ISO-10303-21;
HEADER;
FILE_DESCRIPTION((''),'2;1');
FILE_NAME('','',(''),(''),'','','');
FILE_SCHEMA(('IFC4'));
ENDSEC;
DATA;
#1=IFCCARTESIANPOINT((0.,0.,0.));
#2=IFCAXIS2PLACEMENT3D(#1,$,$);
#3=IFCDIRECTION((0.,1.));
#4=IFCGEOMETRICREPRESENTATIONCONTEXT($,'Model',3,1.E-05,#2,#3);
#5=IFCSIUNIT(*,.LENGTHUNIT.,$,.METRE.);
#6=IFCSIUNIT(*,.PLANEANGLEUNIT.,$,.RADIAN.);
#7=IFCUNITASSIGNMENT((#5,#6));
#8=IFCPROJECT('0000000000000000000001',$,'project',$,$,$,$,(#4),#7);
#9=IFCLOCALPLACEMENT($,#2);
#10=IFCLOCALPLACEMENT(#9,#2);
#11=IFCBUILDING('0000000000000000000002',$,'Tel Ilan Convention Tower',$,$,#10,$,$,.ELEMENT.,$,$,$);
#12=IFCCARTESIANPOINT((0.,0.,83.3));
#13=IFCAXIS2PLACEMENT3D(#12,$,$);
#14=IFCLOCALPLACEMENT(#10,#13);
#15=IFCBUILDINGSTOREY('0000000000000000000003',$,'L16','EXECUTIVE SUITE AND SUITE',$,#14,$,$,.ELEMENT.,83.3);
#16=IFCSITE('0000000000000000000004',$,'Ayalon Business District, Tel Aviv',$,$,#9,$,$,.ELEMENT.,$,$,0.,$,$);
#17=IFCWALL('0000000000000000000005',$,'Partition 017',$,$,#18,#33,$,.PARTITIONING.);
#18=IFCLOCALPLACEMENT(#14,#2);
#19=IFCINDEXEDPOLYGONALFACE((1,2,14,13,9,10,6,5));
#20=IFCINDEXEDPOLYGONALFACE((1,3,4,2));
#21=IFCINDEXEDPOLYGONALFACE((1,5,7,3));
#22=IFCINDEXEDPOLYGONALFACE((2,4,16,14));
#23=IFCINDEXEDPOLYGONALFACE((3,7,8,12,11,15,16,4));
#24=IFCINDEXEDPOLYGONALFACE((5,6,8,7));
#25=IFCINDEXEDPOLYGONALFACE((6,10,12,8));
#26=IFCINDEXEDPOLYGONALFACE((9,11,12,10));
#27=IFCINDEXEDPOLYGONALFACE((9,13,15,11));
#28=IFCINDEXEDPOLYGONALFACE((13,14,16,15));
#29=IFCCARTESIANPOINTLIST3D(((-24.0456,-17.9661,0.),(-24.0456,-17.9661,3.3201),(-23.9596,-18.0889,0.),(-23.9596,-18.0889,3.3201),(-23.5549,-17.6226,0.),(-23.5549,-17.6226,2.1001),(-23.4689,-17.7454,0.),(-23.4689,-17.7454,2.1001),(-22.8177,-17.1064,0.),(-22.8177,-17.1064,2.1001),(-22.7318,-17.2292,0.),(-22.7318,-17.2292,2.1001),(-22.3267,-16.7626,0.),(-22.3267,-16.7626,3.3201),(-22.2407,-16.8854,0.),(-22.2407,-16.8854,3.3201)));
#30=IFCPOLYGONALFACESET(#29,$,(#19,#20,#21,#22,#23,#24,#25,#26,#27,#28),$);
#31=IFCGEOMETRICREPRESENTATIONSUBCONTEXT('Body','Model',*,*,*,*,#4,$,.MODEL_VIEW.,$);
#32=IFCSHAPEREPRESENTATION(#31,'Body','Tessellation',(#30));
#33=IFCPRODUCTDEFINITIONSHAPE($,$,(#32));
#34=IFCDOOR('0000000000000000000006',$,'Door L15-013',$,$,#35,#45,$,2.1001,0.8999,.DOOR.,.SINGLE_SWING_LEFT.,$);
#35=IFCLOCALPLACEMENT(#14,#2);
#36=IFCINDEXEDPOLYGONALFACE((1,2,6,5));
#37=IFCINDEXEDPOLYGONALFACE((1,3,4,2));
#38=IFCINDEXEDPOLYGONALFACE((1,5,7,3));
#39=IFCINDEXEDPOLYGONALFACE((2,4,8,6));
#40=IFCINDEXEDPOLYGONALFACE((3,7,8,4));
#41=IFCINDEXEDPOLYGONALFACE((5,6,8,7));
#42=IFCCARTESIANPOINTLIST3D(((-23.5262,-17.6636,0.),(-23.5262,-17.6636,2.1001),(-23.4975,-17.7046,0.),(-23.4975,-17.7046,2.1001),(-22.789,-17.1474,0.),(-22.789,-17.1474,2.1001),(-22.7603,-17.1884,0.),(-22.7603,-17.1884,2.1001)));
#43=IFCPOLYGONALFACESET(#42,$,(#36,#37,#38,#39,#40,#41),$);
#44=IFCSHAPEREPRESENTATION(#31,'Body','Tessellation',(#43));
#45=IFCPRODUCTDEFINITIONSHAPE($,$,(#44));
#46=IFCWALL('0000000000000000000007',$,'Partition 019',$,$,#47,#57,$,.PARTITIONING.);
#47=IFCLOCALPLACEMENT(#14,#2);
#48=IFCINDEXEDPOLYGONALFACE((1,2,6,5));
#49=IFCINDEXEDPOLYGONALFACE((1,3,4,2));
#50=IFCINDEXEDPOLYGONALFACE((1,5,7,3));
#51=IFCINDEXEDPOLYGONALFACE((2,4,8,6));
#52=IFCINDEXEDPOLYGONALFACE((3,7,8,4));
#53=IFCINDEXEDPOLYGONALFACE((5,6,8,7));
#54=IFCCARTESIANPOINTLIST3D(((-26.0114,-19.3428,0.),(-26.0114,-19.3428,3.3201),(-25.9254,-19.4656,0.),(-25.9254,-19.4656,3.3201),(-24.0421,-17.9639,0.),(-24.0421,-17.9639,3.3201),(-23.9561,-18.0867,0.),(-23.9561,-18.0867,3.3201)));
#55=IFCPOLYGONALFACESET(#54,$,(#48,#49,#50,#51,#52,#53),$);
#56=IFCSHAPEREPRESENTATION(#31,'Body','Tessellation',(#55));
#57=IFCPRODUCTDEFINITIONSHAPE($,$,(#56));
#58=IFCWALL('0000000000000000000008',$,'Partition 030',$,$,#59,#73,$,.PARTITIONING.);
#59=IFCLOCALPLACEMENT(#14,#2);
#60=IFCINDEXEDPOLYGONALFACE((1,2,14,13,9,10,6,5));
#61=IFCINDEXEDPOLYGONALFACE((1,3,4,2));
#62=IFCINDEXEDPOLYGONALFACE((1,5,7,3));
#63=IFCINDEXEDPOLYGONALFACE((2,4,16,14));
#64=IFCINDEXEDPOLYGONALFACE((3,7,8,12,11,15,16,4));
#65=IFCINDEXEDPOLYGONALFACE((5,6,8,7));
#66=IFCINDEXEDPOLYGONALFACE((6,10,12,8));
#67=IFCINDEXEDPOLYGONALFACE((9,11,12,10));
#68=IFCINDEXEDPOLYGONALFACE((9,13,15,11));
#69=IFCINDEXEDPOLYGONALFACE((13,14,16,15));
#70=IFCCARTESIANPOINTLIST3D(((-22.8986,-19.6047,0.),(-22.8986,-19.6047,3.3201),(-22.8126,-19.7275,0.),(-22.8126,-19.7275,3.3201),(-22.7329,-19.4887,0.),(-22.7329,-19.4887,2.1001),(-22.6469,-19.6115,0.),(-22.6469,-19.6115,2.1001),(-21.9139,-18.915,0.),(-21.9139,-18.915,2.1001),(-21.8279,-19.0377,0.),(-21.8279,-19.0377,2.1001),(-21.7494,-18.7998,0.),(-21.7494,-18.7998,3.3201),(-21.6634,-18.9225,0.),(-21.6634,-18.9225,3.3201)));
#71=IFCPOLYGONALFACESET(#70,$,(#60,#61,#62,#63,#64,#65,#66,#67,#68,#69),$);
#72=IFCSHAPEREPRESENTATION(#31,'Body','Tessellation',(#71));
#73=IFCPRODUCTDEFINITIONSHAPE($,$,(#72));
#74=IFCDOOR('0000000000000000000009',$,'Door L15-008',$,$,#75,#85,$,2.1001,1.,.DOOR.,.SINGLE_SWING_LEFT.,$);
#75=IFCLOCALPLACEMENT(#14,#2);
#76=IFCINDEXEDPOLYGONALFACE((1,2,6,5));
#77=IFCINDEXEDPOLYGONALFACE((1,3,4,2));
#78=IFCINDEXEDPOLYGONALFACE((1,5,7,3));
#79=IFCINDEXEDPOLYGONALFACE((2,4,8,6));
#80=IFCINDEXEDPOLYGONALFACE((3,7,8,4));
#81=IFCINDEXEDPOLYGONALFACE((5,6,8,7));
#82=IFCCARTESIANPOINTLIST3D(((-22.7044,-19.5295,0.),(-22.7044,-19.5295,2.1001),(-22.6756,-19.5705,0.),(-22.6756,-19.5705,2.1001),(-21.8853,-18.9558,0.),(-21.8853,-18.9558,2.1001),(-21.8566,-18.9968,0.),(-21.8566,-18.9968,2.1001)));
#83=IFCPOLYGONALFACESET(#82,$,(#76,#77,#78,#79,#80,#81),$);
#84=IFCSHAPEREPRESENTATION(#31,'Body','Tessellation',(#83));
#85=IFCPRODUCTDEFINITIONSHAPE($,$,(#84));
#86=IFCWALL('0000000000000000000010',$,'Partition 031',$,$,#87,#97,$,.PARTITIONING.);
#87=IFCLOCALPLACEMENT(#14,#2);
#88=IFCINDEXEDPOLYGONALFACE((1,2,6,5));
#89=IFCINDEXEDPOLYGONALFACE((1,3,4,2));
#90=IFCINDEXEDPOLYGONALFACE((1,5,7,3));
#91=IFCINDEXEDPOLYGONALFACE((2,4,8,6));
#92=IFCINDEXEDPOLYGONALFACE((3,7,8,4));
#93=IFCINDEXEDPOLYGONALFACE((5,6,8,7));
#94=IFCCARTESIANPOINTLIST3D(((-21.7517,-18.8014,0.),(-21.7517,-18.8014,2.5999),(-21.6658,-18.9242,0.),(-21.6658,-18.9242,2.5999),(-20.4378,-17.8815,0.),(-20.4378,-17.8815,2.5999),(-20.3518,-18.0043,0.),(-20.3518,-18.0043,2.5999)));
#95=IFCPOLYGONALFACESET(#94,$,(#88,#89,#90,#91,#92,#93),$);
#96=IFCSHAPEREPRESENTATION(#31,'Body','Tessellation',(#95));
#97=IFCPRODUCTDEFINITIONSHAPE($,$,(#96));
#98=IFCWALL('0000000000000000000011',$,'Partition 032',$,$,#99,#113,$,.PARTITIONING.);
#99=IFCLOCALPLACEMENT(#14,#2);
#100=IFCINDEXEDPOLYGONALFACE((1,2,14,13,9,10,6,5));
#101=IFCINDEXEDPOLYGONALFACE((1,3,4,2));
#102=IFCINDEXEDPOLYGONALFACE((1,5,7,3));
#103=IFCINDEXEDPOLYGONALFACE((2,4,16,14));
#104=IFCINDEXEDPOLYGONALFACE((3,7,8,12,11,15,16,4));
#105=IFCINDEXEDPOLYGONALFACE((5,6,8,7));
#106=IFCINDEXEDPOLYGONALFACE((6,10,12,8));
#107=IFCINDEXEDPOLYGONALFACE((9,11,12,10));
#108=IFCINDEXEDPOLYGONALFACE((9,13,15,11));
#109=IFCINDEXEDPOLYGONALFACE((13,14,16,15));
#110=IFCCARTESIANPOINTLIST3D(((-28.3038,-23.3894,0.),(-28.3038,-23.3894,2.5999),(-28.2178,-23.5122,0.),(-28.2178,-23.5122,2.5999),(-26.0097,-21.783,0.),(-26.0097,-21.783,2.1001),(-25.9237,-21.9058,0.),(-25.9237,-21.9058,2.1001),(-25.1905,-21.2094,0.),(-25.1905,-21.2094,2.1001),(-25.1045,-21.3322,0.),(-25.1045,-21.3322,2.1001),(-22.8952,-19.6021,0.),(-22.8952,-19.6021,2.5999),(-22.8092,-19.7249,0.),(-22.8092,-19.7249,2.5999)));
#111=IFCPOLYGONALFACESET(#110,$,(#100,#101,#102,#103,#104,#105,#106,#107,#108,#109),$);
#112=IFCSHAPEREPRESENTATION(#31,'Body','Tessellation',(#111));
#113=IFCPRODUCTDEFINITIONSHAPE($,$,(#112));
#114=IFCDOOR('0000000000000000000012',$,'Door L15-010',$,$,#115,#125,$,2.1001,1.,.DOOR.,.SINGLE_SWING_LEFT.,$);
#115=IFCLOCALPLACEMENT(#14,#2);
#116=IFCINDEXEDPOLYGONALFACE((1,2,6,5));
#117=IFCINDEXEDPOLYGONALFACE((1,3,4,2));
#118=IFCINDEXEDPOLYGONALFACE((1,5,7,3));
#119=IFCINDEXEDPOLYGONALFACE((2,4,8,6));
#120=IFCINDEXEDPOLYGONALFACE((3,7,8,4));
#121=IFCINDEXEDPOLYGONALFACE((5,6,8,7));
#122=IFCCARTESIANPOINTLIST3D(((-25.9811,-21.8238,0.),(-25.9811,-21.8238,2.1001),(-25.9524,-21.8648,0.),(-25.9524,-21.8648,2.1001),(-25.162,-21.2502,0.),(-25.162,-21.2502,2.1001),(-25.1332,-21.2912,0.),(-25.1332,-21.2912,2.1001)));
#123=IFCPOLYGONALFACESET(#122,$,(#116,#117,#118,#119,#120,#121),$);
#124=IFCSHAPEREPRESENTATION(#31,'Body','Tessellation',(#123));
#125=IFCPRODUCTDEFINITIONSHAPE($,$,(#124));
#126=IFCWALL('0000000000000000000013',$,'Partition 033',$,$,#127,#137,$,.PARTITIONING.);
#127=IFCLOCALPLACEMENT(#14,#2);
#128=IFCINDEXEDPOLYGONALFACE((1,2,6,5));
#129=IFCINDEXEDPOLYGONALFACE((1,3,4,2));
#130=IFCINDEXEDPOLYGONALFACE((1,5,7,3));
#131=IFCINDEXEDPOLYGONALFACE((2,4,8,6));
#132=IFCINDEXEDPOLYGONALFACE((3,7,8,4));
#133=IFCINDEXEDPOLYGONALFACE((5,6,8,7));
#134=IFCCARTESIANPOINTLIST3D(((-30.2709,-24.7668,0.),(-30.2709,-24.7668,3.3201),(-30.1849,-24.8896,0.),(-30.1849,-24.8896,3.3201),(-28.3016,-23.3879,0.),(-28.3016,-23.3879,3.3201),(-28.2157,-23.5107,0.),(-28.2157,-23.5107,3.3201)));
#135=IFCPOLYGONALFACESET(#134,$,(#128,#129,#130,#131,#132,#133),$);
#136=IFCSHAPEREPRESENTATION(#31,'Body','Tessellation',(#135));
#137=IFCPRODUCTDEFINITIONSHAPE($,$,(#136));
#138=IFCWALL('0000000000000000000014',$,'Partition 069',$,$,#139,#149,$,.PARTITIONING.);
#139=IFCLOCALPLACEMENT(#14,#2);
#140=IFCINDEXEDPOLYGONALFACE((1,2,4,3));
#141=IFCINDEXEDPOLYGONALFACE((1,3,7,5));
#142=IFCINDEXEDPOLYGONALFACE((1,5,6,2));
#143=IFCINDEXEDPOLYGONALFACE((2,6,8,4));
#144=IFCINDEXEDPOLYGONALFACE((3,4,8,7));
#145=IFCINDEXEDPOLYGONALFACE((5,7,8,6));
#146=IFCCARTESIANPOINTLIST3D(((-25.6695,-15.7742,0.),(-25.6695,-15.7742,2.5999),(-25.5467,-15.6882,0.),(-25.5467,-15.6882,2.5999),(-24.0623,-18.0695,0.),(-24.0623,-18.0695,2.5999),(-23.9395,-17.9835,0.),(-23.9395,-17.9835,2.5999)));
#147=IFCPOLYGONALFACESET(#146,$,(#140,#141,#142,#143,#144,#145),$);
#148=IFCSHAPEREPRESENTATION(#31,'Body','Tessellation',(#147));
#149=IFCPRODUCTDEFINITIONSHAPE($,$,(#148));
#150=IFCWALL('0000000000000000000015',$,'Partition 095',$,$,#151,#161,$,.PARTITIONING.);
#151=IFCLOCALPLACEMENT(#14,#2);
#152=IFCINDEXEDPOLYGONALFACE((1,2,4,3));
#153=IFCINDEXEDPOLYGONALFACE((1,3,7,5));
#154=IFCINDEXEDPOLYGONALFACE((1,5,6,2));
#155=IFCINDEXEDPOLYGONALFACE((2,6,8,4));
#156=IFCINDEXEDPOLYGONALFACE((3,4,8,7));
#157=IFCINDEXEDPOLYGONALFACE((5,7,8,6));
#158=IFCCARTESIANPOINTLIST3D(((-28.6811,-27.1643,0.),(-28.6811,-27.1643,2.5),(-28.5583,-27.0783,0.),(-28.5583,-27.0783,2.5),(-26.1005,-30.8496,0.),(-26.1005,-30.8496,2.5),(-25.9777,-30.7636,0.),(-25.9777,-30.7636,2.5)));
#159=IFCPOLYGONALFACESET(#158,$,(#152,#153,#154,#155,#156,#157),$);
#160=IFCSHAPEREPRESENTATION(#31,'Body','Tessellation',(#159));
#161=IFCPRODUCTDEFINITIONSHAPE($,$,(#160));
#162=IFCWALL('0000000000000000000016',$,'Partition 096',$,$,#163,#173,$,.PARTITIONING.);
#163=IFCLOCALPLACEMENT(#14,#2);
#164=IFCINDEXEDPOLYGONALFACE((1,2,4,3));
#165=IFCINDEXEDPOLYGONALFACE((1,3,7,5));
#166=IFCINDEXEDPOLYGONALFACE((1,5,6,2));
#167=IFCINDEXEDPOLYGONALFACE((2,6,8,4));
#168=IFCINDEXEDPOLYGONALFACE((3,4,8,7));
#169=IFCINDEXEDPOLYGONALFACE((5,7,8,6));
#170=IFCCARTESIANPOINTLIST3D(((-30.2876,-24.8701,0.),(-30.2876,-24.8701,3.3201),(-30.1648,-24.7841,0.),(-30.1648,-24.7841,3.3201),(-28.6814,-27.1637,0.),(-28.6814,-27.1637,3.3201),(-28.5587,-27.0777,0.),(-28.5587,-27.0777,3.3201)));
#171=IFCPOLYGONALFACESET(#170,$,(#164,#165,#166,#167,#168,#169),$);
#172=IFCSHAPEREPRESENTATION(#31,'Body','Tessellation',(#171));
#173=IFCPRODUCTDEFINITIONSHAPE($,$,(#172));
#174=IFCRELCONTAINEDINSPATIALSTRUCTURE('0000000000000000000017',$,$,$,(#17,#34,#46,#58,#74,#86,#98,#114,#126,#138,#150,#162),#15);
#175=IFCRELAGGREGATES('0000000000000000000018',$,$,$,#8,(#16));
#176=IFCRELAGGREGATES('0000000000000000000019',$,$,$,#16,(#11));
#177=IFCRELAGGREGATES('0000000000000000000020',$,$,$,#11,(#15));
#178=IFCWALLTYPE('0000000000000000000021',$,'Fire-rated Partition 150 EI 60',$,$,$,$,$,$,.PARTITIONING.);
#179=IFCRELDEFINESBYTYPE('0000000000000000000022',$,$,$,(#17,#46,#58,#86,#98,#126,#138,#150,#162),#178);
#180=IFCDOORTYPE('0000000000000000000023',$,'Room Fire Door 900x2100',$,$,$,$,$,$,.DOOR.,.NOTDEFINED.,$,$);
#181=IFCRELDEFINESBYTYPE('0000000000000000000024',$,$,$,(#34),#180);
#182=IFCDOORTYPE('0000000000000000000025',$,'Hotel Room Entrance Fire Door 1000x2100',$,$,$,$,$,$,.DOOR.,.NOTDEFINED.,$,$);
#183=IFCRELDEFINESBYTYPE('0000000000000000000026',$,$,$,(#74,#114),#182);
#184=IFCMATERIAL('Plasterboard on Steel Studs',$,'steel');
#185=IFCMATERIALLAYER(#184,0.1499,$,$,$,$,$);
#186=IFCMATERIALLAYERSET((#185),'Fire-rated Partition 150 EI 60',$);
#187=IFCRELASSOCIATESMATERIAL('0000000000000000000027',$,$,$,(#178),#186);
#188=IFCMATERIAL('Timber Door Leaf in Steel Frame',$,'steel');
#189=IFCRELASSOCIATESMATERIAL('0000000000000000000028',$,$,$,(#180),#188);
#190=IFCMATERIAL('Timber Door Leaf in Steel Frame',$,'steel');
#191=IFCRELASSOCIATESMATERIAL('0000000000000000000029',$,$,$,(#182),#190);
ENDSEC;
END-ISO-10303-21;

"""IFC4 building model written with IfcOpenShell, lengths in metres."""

from ifc_helpers import new_model, si_unit, direction, frame, frame_2d, origin, place, context, subcontext, project, spatial, rectangle, extrude, material, layer, layer_set, type_object, element, fill, save


model = new_model("IFC4")

# Units and contexts
model_context = context("Model", 3, precision=1e-05, world=origin(), true_north=direction((0.0, 1.0)))
body_context = subcontext(model_context, "Body", "Model", "MODEL_VIEW")
ifc_project = project(units=[si_unit("LENGTHUNIT", "METRE"), si_unit("PLANEANGLEUNIT", "RADIAN")], contexts=[model_context])

# Site, building, storey
site_placement = place(None, origin())
site = spatial("IfcSite", under=ifc_project, at=site_placement, Name="Ayalon Business District, Tel Aviv", CompositionType="ELEMENT", RefElevation=0.0)
building_placement = place(site_placement, origin())
building = spatial("IfcBuilding", under=site, at=building_placement, Name="Tel Ilan Convention Tower", CompositionType="ELEMENT")
storey_placement = place(building_placement, frame((0.0, 0.0, 83.3)))
storey = spatial("IfcBuildingStorey", under=building, at=storey_placement, Name="L16", Description="EXECUTIVE SUITE AND SUITE", CompositionType="ELEMENT", Elevation=83.3)

# Wall, opening, door
ifc_material_1 = material(Name="Plasterboard on Steel Studs", Category="steel")
ifc_layer_1 = layer(ifc_material_1, 0.1499)
ifc_layer_set_1 = layer_set([ifc_layer_1], Name="Fire-rated Partition 150 EI 60")
wall_type_1 = type_object("IfcWallType", Name="Fire-rated Partition 150 EI 60", PredefinedType="PARTITIONING", material=ifc_layer_set_1)
wall_1_placement = place(storey_placement, frame((-24.0027, -18.0276, 0.0), z_axis=(0.0, 0.0, 1.0), x_axis=(0.819161, 0.573564, 0.0)))
wall_1 = element("IfcWall", 1, at=wall_1_placement, inside=storey, type_object=wall_type_1, Name="Partition 017", PredefinedType="PARTITIONING", context=body_context, shape_type="SweptSolid", body=[
    extrude(rectangle(XDim=2.0984, YDim=0.1499, at=frame_2d((1.0493, 0.0))), origin(), (0.0, 0.0, 1.0), 3.3201),
])
opening_1_placement = place(wall_1_placement, frame((0.5991, 0.0, 0.0)))
opening_1 = element("IfcOpeningElement", 2, at=opening_1_placement, cuts=wall_1, PredefinedType="OPENING", context=body_context, shape_type="SweptSolid", body=[
    extrude(rectangle(XDim=0.8999, YDim=2.1001, at=frame_2d((0.45, 1.05))), frame((0.0, 0.085, 0.0), z_axis=(0.0, -1.0, 0.0), x_axis=(1.0, 0.0, 0.0)), (0.0, 0.0, 1.0), 0.1699),
])
ifc_material_2 = material(Name="Timber Door Leaf in Steel Frame", Category="steel")
door_type_1 = type_object("IfcDoorType", Name="Room Fire Door 900x2100", OperationType="NOTDEFINED", PredefinedType="DOOR", material=ifc_material_2)
door_1_placement = place(opening_1_placement, origin())
door_1 = element("IfcDoor", 3, at=door_1_placement, inside=storey, type_object=door_type_1, Name="Door L15-013", OperationType="SINGLE_SWING_LEFT", OverallHeight=2.1001, OverallWidth=0.8999, PredefinedType="DOOR", context=body_context, shape_type="SweptSolid", body=[
    extrude(rectangle(XDim=0.8999, YDim=2.1001, at=frame_2d((0.45, 1.05))), frame((0.0, 0.0249, 0.0), z_axis=(0.0, -1.0, 0.0), x_axis=(1.0, 0.0, 0.0)), (0.0, 0.0, 1.0), 0.05),
])
fill(opening_1, door_1)

# Wall
wall_2_placement = place(storey_placement, frame((-25.9685, -19.4043, 0.0), z_axis=(0.0, 0.0, 1.0), x_axis=(0.819146, 0.573585, 0.0)))
element("IfcWall", 4, at=wall_2_placement, inside=storey, type_object=wall_type_1, Name="Partition 019", PredefinedType="PARTITIONING", context=body_context, shape_type="SweptSolid", body=[
    extrude(rectangle(XDim=2.4041, YDim=0.1499, at=frame_2d((1.2021, 0.0))), origin(), (0.0, 0.0, 1.0), 3.3201),
])

# Wall, opening, door
wall_3_placement = place(storey_placement, frame((-21.7063, -18.8611, 0.0), z_axis=(0.0, 0.0, 1.0), x_axis=(-0.81906, -0.573708, 0.0)))
wall_3 = element("IfcWall", 5, at=wall_3_placement, inside=storey, type_object=wall_type_1, Name="Partition 030", PredefinedType="PARTITIONING", context=body_context, shape_type="SweptSolid", body=[
    extrude(rectangle(XDim=1.4031, YDim=0.1499, at=frame_2d((0.7017, 0.0))), origin(), (0.0, 0.0, 1.0), 3.3201),
])
opening_2_placement = place(wall_3_placement, frame((0.2009, 0.0, 0.0)))
opening_2 = element("IfcOpeningElement", 6, at=opening_2_placement, cuts=wall_3, PredefinedType="OPENING", context=body_context, shape_type="SweptSolid", body=[
    extrude(rectangle(XDim=1.0, YDim=2.1001, at=frame_2d((0.5, 1.05))), frame((0.0, 0.085, 0.0), z_axis=(0.0, -1.0, 0.0), x_axis=(1.0, 0.0, 0.0)), (0.0, 0.0, 1.0), 0.1699),
])
ifc_material_3 = material(Name="Timber Door Leaf in Steel Frame", Category="steel")
door_type_2 = type_object("IfcDoorType", Name="Hotel Room Entrance Fire Door 1000x2100", OperationType="NOTDEFINED", PredefinedType="DOOR", material=ifc_material_3)
door_2_placement = place(opening_2_placement, origin())
door_2 = element("IfcDoor", 7, at=door_2_placement, inside=storey, type_object=door_type_2, Name="Door L15-008", OperationType="SINGLE_SWING_LEFT", OverallHeight=2.1001, OverallWidth=1.0, PredefinedType="DOOR", context=body_context, shape_type="SweptSolid", body=[
    extrude(rectangle(XDim=1.0, YDim=2.1001, at=frame_2d((0.5, 1.05))), frame((0.0, 0.0249, 0.0), z_axis=(0.0, -1.0, 0.0), x_axis=(1.0, 0.0, 0.0)), (0.0, 0.0, 1.0), 0.05),
])
fill(opening_2, door_2)

# Wall
wall_4_placement = place(storey_placement, frame((-20.3948, -17.9429, 0.0), z_axis=(0.0, 0.0, 1.0), x_axis=(-0.819189, -0.573524, 0.0)))
element("IfcWall", 8, at=wall_4_placement, inside=storey, type_object=wall_type_1, Name="Partition 031", PredefinedType="PARTITIONING", context=body_context, shape_type="SweptSolid", body=[
    extrude(rectangle(XDim=1.604, YDim=0.1499, at=frame_2d((0.802, 0.0))), origin(), (0.0, 0.0, 1.0), 2.5999),
])

# Wall, opening, door
wall_5_placement = place(storey_placement, frame((-22.8523, -19.6636, 0.0), z_axis=(0.0, 0.0, 1.0), x_axis=(-0.819142, -0.573591, 0.0)))
wall_5 = element("IfcWall", 9, at=wall_5_placement, inside=storey, type_object=wall_type_1, Name="Partition 032", PredefinedType="PARTITIONING", context=body_context, shape_type="SweptSolid", body=[
    extrude(rectangle(XDim=6.6028, YDim=0.1499, at=frame_2d((3.3013, 0.0))), origin(), (0.0, 0.0, 1.0), 2.5999),
])
opening_3_placement = place(wall_5_placement, frame((2.802, 0.0, 0.0)))
opening_3 = element("IfcOpeningElement", 10, at=opening_3_placement, cuts=wall_5, PredefinedType="OPENING", context=body_context, shape_type="SweptSolid", body=[
    extrude(rectangle(XDim=1.0, YDim=2.1001, at=frame_2d((0.5, 1.05))), frame((0.0, 0.085, 0.0), z_axis=(0.0, -1.0, 0.0), x_axis=(1.0, 0.0, 0.0)), (0.0, 0.0, 1.0), 0.1699),
])
door_3_placement = place(opening_3_placement, origin())
door_3 = element("IfcDoor", 11, at=door_3_placement, inside=storey, type_object=door_type_2, Name="Door L15-010", OperationType="SINGLE_SWING_LEFT", OverallHeight=2.1001, OverallWidth=1.0, PredefinedType="DOOR", context=body_context, shape_type="SweptSolid", body=[
    extrude(rectangle(XDim=1.0, YDim=2.1001, at=frame_2d((0.5, 1.05))), frame((0.0, 0.0249, 0.0), z_axis=(0.0, -1.0, 0.0), x_axis=(1.0, 0.0, 0.0)), (0.0, 0.0, 1.0), 0.05),
])
fill(opening_3, door_3)

# Walls
wall_6_placement = place(storey_placement, frame((-28.2585, -23.4492, 0.0), z_axis=(0.0, 0.0, 1.0), x_axis=(-0.819146, -0.573585, 0.0)))
element("IfcWall", 12, at=wall_6_placement, inside=storey, type_object=wall_type_1, Name="Partition 033", PredefinedType="PARTITIONING", context=body_context, shape_type="SweptSolid", body=[
    extrude(rectangle(XDim=2.4041, YDim=0.1499, at=frame_2d((1.2021, 0.0))), origin(), (0.0, 0.0, 1.0), 3.3201),
])
wall_7_placement = place(storey_placement, frame((-24.001, -18.0264, 0.0), z_axis=(0.0, 0.0, 1.0), x_axis=(-0.573597, 0.819138, 0.0)))
element("IfcWall", 13, at=wall_7_placement, inside=storey, type_object=wall_type_1, Name="Partition 069", PredefinedType="PARTITIONING", context=body_context, shape_type="SweptSolid", body=[
    extrude(rectangle(XDim=2.802, YDim=0.1499, at=frame_2d((1.4009, 0.0))), origin(), (0.0, 0.0, 1.0), 2.5999),
])
wall_8_placement = place(storey_placement, frame((-26.0391, -30.8066, 0.0), z_axis=(0.0, 0.0, 1.0), x_axis=(-0.57359, 0.819143, 0.0)))
element("IfcWall", 14, at=wall_8_placement, inside=storey, type_object=wall_type_1, Name="Partition 095", PredefinedType="PARTITIONING", context=body_context, shape_type="SweptSolid", body=[
    extrude(rectangle(XDim=4.499, YDim=0.1499, at=frame_2d((2.2495, 0.0))), origin(), (0.0, 0.0, 1.0), 2.5),
])
wall_9_placement = place(storey_placement, frame((-28.6201, -27.1206, 0.0), z_axis=(0.0, 0.0, 1.0), x_axis=(-0.573609, 0.81913, 0.0)))
element("IfcWall", 15, at=wall_9_placement, inside=storey, type_object=wall_type_1, Name="Partition 096", PredefinedType="PARTITIONING", context=body_context, shape_type="SweptSolid", body=[
    extrude(rectangle(XDim=2.8, YDim=0.1499, at=frame_2d((1.3999, 0.0))), origin(), (0.0, 0.0, 1.0), 3.3201),
])

save(model, "model.ifc")
